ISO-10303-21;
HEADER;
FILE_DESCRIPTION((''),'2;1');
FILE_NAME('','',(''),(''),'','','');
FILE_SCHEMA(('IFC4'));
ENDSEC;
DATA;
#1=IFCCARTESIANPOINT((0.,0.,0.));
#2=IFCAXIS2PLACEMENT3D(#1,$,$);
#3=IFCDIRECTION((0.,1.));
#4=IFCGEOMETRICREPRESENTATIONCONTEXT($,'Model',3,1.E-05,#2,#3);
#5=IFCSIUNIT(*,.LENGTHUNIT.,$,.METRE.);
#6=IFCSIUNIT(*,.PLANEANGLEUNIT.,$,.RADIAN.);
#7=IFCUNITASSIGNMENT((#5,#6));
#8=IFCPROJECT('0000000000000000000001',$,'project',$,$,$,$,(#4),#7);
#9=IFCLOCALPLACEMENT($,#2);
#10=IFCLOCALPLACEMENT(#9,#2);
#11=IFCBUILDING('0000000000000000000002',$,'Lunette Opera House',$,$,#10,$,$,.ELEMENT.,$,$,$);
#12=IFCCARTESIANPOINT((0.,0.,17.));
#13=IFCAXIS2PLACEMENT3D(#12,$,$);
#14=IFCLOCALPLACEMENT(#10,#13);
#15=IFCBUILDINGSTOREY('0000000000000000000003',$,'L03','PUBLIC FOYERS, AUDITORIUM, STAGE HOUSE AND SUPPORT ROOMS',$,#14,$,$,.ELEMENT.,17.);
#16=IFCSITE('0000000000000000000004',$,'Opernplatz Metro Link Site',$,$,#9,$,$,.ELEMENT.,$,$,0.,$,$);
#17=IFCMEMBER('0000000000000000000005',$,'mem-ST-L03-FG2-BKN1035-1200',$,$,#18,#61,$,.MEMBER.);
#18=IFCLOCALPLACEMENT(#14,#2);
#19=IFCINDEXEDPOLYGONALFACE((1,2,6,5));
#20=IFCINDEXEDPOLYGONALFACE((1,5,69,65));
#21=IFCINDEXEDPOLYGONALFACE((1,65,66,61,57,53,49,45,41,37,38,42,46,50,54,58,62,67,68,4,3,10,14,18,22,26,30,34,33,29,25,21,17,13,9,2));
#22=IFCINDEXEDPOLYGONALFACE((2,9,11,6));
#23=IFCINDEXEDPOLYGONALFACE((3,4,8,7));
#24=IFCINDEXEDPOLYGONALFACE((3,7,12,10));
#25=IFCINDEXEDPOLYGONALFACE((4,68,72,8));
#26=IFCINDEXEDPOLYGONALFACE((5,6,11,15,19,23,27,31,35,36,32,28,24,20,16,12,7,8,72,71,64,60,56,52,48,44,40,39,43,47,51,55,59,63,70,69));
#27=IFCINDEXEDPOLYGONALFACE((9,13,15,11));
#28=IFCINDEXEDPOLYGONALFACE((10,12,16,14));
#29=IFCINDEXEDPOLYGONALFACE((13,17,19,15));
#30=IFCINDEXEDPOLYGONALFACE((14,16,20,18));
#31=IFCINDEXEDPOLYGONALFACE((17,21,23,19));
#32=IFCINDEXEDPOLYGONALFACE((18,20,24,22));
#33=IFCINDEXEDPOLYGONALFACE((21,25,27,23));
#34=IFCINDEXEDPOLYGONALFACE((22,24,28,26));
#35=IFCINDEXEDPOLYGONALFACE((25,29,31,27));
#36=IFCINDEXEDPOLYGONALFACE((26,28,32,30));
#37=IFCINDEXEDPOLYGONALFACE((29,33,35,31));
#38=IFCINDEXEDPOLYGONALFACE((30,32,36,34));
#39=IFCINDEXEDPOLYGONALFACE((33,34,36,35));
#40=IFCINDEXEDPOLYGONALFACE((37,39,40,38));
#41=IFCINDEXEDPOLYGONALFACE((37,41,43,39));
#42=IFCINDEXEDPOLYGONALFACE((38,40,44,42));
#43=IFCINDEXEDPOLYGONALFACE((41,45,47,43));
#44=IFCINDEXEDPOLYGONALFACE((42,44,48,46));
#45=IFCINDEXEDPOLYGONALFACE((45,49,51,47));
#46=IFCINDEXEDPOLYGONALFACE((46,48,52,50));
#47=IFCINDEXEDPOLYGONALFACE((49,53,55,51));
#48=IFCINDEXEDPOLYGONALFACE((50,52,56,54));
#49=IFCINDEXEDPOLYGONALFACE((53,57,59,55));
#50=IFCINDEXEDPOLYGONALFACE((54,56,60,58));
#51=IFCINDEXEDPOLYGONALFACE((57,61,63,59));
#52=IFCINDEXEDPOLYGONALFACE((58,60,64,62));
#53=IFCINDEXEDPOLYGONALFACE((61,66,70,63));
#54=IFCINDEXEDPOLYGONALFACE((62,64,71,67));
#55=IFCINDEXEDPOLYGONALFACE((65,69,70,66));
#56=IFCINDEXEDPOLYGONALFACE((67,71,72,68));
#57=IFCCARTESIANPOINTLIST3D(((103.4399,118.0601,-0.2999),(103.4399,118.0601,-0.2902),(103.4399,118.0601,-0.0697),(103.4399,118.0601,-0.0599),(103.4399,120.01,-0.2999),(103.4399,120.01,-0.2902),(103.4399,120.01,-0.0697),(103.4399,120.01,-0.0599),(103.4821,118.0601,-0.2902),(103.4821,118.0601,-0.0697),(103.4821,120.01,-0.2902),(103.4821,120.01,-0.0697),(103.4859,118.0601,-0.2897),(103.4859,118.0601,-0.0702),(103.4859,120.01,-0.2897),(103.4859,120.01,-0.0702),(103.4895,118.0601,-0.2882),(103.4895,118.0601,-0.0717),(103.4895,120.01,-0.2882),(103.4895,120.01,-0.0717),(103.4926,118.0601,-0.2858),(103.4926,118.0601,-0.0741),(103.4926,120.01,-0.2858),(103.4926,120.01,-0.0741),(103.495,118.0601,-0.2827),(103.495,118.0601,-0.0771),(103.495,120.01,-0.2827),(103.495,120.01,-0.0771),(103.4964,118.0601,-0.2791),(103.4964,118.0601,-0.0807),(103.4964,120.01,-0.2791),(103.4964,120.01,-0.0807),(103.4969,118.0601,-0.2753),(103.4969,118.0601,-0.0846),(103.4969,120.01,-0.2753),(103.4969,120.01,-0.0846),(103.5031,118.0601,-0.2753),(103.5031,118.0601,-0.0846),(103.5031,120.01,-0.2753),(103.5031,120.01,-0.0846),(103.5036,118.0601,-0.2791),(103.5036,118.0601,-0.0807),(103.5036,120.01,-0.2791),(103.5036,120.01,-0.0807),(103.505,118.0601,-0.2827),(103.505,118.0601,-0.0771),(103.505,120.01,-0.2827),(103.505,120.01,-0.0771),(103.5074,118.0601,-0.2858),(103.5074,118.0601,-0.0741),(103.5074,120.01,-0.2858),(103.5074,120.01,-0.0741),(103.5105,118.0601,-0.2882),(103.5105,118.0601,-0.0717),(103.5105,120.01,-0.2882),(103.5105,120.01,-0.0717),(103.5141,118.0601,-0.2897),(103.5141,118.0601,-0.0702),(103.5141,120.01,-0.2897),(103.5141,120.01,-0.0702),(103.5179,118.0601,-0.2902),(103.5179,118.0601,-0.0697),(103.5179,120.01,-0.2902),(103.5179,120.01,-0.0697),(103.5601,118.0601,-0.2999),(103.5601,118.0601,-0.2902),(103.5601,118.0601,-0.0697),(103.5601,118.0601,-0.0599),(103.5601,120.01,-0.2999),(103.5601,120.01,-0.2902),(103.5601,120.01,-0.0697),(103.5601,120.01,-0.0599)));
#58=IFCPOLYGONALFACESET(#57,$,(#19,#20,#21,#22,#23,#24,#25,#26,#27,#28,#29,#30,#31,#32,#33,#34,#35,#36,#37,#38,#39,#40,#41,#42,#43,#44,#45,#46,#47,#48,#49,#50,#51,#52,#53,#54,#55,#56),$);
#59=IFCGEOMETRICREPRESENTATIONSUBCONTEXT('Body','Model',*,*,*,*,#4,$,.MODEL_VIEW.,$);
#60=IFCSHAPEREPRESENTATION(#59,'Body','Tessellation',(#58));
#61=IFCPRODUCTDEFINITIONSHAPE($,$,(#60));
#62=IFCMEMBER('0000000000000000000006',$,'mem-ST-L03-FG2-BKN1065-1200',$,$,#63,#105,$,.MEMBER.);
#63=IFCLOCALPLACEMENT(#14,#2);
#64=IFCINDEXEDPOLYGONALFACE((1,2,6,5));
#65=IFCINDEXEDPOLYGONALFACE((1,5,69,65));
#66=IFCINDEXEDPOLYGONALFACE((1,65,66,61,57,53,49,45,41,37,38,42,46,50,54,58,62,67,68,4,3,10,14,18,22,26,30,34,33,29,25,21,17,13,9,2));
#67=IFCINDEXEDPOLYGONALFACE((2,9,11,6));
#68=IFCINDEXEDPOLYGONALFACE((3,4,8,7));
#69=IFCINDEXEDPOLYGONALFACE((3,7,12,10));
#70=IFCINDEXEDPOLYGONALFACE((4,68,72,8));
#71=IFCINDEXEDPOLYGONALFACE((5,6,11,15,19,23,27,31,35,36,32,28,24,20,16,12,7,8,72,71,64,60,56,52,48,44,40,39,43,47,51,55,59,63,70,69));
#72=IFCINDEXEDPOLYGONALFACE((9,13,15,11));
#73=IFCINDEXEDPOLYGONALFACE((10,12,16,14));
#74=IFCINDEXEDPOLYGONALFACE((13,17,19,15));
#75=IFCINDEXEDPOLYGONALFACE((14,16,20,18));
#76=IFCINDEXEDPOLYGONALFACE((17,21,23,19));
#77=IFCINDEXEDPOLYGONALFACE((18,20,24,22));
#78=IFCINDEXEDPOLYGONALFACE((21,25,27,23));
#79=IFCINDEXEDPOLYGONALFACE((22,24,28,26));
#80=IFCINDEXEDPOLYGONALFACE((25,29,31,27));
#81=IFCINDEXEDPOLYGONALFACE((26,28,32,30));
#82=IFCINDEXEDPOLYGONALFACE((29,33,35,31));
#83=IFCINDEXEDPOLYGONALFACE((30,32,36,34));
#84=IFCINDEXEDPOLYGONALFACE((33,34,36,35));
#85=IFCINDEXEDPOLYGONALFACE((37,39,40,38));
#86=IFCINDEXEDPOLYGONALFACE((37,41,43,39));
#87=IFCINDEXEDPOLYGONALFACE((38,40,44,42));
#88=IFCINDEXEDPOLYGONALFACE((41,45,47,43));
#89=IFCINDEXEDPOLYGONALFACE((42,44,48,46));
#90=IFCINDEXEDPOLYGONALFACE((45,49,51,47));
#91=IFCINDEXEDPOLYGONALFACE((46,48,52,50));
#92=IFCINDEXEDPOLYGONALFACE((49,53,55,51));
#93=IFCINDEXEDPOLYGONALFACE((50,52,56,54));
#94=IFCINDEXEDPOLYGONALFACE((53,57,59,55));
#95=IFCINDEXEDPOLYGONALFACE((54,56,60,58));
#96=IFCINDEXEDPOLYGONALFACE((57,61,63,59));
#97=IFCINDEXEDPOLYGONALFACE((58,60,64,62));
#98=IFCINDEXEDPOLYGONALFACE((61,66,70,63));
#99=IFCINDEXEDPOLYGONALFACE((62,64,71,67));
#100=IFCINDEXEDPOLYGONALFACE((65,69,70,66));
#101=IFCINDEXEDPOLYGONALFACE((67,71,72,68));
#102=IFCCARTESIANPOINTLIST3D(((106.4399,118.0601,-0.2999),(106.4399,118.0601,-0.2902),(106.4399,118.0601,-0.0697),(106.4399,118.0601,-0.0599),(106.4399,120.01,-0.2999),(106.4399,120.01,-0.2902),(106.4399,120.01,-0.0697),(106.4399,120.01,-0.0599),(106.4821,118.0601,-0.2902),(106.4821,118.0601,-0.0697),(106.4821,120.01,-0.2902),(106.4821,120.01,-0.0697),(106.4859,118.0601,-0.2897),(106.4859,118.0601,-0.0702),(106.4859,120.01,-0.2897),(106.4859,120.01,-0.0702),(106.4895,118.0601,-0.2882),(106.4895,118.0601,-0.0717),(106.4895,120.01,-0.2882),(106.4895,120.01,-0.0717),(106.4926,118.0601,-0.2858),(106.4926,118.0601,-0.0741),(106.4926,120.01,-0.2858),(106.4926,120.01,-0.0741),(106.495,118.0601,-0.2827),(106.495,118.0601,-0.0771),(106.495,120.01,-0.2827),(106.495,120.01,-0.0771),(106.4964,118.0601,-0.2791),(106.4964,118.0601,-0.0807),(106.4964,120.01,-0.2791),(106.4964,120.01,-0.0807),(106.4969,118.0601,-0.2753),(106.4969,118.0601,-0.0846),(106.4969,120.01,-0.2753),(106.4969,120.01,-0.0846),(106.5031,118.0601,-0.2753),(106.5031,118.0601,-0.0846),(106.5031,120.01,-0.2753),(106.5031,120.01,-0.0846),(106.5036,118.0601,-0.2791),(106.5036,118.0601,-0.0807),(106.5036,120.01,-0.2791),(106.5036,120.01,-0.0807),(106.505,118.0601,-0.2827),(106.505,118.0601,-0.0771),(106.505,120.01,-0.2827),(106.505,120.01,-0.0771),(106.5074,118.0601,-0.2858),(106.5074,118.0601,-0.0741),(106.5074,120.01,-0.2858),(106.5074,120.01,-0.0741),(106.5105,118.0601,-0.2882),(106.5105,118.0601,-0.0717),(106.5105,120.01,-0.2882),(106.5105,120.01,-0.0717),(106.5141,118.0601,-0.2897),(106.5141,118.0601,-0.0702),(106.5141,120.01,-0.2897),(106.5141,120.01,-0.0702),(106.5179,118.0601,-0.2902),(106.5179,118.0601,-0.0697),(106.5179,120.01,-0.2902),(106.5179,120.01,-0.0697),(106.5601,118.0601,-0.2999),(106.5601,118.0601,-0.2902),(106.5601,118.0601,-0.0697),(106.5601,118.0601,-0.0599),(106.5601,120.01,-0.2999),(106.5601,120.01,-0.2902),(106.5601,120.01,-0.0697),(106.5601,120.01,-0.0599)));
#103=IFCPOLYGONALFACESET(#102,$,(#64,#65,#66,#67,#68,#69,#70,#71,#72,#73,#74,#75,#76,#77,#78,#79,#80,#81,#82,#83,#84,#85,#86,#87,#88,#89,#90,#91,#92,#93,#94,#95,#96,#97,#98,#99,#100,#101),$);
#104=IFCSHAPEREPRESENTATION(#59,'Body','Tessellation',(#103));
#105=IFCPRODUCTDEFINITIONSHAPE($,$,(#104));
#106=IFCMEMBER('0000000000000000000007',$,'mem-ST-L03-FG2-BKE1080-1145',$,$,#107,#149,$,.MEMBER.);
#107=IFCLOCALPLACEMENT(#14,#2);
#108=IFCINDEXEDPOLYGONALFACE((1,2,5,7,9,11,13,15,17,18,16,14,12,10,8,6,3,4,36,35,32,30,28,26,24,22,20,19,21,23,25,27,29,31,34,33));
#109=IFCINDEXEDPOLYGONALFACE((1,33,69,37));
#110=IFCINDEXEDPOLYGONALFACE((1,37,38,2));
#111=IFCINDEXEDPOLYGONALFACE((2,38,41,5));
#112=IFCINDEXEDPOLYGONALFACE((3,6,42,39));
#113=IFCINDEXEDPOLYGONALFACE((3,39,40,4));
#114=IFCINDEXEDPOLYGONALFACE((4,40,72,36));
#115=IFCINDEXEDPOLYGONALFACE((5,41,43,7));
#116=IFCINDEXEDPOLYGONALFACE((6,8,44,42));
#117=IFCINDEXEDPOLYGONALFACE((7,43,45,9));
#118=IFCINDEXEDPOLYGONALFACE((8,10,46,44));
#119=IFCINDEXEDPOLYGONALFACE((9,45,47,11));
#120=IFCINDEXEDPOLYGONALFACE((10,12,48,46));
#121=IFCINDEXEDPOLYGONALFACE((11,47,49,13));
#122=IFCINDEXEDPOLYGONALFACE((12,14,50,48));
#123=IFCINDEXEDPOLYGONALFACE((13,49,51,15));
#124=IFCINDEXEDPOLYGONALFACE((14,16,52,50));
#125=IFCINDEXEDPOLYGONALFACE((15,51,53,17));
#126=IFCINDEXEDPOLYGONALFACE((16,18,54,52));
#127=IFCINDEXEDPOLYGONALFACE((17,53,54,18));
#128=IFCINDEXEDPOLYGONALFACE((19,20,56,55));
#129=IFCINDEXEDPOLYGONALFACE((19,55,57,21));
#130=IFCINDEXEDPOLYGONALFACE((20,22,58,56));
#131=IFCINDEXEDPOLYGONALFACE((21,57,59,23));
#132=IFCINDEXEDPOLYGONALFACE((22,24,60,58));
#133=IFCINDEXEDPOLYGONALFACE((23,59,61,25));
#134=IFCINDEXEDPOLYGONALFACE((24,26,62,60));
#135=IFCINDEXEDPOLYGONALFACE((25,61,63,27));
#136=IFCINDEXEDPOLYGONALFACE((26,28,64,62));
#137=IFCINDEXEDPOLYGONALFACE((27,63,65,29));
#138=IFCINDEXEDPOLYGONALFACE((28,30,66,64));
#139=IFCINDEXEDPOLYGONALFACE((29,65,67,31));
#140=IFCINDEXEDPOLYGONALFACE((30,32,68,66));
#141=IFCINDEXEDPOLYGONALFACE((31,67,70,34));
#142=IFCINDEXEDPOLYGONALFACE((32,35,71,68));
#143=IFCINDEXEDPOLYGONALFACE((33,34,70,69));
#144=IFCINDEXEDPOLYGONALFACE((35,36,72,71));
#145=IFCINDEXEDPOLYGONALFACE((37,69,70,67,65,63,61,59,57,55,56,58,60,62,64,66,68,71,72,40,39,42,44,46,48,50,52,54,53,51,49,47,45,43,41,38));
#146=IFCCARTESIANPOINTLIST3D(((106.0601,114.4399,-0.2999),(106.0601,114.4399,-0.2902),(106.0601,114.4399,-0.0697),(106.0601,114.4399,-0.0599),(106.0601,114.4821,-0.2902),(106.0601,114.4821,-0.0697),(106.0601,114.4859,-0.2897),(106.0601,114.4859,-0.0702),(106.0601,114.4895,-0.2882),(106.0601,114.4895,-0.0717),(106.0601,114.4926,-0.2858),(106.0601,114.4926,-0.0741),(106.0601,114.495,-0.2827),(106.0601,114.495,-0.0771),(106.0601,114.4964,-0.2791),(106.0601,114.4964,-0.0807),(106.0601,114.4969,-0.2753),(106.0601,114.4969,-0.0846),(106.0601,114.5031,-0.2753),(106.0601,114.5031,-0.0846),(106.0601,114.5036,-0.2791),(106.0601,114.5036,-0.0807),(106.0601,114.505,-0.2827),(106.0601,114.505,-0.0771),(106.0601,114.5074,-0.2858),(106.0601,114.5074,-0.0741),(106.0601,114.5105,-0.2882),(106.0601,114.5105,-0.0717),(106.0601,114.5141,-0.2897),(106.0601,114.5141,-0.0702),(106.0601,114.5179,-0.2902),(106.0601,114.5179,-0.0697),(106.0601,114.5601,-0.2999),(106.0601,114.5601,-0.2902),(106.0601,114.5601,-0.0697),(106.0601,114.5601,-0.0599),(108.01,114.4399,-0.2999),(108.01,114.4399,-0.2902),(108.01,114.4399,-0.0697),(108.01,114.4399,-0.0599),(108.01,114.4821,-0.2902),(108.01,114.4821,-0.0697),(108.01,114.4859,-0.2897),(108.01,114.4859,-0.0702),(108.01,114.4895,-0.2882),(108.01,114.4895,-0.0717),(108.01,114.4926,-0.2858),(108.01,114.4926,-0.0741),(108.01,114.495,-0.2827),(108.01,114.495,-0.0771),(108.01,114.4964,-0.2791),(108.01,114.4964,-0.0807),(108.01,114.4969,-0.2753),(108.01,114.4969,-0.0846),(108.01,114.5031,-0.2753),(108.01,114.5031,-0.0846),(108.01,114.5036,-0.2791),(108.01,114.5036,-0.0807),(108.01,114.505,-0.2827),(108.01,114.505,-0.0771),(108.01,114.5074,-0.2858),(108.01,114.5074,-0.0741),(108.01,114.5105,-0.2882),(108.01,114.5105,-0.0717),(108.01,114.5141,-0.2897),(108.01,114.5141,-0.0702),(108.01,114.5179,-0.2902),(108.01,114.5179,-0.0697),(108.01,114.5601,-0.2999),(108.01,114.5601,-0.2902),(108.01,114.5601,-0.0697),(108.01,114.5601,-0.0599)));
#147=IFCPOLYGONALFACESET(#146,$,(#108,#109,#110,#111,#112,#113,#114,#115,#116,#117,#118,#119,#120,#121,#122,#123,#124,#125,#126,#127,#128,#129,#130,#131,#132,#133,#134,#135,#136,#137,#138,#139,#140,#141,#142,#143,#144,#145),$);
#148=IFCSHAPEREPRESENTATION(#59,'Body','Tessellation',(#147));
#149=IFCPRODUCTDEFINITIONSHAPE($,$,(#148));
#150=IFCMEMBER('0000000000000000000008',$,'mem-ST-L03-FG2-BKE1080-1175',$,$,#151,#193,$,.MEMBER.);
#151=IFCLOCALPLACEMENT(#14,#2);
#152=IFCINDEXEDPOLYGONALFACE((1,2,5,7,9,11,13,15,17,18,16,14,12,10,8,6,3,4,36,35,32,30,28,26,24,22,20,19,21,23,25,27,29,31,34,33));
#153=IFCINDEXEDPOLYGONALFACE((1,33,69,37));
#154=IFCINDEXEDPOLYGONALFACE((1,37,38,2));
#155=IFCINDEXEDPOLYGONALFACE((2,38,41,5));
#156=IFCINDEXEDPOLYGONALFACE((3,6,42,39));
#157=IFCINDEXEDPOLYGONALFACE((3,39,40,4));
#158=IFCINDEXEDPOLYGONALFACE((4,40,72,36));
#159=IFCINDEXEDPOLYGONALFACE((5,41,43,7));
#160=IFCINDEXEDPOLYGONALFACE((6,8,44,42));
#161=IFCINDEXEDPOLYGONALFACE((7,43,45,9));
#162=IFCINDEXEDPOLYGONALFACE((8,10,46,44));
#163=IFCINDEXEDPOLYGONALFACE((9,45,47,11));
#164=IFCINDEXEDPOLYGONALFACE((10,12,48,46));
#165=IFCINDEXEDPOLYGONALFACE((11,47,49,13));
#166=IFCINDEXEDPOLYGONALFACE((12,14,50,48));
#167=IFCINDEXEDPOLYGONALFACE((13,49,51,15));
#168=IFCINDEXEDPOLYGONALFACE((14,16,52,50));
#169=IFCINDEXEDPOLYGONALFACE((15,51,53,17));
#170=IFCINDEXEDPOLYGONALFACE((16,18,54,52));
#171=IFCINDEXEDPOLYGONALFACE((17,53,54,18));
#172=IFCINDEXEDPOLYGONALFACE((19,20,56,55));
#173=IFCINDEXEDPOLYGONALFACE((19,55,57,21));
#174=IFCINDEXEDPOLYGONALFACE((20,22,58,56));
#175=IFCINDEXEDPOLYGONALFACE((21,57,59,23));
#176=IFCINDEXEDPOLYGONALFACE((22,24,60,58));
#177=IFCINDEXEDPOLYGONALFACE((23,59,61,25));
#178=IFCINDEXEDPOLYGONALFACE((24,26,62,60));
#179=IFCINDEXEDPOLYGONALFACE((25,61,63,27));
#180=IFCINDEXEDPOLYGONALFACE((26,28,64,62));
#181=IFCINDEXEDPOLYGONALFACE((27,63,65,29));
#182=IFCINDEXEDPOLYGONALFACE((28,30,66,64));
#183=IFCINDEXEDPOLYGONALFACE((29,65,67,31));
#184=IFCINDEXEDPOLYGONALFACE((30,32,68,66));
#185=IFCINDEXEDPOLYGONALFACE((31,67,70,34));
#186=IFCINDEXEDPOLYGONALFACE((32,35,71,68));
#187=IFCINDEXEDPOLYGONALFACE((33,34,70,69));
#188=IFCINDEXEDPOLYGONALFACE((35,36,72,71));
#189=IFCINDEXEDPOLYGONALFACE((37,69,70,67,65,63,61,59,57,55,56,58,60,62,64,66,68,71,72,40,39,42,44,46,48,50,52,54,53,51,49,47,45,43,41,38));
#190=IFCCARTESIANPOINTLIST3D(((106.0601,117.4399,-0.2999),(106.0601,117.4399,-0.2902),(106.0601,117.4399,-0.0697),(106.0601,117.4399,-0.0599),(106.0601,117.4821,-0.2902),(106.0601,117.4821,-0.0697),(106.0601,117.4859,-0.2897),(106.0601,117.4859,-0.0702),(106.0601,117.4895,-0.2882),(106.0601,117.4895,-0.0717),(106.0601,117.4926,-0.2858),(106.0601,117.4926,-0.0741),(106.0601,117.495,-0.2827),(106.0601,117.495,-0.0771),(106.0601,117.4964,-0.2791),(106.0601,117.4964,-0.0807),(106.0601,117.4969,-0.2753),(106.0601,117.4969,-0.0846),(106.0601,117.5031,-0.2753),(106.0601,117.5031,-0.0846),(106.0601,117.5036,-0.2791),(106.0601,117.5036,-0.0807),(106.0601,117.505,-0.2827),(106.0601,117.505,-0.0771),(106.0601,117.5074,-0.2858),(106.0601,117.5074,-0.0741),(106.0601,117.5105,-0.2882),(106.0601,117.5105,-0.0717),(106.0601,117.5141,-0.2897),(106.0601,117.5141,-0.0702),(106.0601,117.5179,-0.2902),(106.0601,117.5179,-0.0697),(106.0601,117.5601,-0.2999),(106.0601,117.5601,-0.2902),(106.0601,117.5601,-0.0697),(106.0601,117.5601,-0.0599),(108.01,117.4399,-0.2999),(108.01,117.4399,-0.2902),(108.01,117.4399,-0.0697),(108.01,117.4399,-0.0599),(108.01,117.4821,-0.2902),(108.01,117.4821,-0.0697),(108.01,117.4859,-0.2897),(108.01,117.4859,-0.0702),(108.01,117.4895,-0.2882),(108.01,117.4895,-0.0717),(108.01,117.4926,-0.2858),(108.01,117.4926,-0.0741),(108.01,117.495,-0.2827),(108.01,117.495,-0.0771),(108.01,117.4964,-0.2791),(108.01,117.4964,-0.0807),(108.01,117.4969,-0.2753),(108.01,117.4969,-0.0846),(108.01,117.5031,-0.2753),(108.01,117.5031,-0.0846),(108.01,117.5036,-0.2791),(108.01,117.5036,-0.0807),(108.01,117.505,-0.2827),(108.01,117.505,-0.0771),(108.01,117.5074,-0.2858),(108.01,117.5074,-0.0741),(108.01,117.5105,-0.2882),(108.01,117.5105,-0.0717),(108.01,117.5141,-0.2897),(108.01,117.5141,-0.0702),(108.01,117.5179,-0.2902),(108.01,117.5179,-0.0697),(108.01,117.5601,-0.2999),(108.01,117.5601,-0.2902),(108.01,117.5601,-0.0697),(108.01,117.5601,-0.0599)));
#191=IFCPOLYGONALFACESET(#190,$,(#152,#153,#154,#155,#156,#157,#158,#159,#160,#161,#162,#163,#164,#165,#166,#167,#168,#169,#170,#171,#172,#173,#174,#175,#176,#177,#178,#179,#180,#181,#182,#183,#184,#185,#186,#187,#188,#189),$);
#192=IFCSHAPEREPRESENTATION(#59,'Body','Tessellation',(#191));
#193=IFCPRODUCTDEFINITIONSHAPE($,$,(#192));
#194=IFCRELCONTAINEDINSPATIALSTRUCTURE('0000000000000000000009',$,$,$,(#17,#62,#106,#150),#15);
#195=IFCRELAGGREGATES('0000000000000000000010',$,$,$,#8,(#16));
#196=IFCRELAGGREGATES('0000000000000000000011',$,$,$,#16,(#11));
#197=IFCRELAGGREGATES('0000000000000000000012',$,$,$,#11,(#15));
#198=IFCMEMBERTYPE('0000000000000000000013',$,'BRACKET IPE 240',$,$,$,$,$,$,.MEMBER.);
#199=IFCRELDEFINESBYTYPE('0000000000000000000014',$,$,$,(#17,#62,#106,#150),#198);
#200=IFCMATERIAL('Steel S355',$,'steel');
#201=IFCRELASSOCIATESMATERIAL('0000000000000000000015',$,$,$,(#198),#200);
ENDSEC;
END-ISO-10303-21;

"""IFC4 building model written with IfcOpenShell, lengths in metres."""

from ifc_helpers import new_model, si_unit, direction, frame, origin, origin_2d, place, context, subcontext, project, spatial, i_section, extrude, material, material_profile, profile_set, type_object, element, save


model = new_model("IFC4")

# Units and contexts
model_context = context("Model", 3, precision=1e-05, world=origin(), true_north=direction((0.0, 1.0)))
body_context = subcontext(model_context, "Body", "Model", "MODEL_VIEW")
ifc_project = project(units=[si_unit("LENGTHUNIT", "METRE"), si_unit("PLANEANGLEUNIT", "RADIAN")], contexts=[model_context])

# Site, building, storey
site_placement = place(None, origin())
site = spatial("IfcSite", under=ifc_project, at=site_placement, Name="Opernplatz Metro Link Site", CompositionType="ELEMENT", RefElevation=0.0)
building_placement = place(site_placement, origin())
building = spatial("IfcBuilding", under=site, at=building_placement, Name="Lunette Opera House", CompositionType="ELEMENT")
storey_placement = place(building_placement, frame((0.0, 0.0, 17.0)))
storey = spatial("IfcBuildingStorey", under=building, at=storey_placement, Name="L03", Description="PUBLIC FOYERS, AUDITORIUM, STAGE HOUSE AND SUPPORT ROOMS", CompositionType="ELEMENT", Elevation=17.0)

# Members
ifc_material_1 = material(Name="Steel S355", Category="steel")
ifc_material_profile_1 = material_profile(ifc_material_1, i_section(OverallWidth=0.1201, OverallDepth=0.24, WebThickness=0.0061, FlangeThickness=0.0098, FilletRadius=0.0149, at=origin_2d()), Name="IPE 240")
ifc_profile_set_1 = profile_set([ifc_material_profile_1], Name="Steel S355")
member_type_1 = type_object("IfcMemberType", Name="BRACKET IPE 240", PredefinedType="MEMBER", material=ifc_profile_set_1)
for number, where, z_axis, x_axis, name in (
    (1, (103.5, 120.01, -0.1799), (0.0, -1.0, 0.0), (1.0, 0.0, 0.0), "mem-ST-L03-FG2-BKN1035-1200"),
    (2, (106.5, 120.01, -0.1799), (0.0, -1.0, 0.0), (1.0, 0.0, 0.0), "mem-ST-L03-FG2-BKN1065-1200"),
    (3, (108.01, 114.5, -0.1799), (-1.0, 0.0, 0.0), (0.0, -1.0, 0.0), "mem-ST-L03-FG2-BKE1080-1145"),
    (4, (108.01, 117.5, -0.1799), (-1.0, 0.0, 0.0), (0.0, -1.0, 0.0), "mem-ST-L03-FG2-BKE1080-1175"),
):
    element("IfcMember", number, at=place(storey_placement, frame(where, z_axis=z_axis, x_axis=x_axis)), inside=storey, type_object=member_type_1, Name=name, PredefinedType="MEMBER", context=body_context, shape_type="SweptSolid", body=[
        extrude(i_section(OverallWidth=0.1201, OverallDepth=0.24, WebThickness=0.0061, FlangeThickness=0.0098, FilletRadius=0.0149, at=origin_2d()), origin(), (0.0, 0.0, 1.0), 1.95),
    ])

save(model, "model.ifc")
